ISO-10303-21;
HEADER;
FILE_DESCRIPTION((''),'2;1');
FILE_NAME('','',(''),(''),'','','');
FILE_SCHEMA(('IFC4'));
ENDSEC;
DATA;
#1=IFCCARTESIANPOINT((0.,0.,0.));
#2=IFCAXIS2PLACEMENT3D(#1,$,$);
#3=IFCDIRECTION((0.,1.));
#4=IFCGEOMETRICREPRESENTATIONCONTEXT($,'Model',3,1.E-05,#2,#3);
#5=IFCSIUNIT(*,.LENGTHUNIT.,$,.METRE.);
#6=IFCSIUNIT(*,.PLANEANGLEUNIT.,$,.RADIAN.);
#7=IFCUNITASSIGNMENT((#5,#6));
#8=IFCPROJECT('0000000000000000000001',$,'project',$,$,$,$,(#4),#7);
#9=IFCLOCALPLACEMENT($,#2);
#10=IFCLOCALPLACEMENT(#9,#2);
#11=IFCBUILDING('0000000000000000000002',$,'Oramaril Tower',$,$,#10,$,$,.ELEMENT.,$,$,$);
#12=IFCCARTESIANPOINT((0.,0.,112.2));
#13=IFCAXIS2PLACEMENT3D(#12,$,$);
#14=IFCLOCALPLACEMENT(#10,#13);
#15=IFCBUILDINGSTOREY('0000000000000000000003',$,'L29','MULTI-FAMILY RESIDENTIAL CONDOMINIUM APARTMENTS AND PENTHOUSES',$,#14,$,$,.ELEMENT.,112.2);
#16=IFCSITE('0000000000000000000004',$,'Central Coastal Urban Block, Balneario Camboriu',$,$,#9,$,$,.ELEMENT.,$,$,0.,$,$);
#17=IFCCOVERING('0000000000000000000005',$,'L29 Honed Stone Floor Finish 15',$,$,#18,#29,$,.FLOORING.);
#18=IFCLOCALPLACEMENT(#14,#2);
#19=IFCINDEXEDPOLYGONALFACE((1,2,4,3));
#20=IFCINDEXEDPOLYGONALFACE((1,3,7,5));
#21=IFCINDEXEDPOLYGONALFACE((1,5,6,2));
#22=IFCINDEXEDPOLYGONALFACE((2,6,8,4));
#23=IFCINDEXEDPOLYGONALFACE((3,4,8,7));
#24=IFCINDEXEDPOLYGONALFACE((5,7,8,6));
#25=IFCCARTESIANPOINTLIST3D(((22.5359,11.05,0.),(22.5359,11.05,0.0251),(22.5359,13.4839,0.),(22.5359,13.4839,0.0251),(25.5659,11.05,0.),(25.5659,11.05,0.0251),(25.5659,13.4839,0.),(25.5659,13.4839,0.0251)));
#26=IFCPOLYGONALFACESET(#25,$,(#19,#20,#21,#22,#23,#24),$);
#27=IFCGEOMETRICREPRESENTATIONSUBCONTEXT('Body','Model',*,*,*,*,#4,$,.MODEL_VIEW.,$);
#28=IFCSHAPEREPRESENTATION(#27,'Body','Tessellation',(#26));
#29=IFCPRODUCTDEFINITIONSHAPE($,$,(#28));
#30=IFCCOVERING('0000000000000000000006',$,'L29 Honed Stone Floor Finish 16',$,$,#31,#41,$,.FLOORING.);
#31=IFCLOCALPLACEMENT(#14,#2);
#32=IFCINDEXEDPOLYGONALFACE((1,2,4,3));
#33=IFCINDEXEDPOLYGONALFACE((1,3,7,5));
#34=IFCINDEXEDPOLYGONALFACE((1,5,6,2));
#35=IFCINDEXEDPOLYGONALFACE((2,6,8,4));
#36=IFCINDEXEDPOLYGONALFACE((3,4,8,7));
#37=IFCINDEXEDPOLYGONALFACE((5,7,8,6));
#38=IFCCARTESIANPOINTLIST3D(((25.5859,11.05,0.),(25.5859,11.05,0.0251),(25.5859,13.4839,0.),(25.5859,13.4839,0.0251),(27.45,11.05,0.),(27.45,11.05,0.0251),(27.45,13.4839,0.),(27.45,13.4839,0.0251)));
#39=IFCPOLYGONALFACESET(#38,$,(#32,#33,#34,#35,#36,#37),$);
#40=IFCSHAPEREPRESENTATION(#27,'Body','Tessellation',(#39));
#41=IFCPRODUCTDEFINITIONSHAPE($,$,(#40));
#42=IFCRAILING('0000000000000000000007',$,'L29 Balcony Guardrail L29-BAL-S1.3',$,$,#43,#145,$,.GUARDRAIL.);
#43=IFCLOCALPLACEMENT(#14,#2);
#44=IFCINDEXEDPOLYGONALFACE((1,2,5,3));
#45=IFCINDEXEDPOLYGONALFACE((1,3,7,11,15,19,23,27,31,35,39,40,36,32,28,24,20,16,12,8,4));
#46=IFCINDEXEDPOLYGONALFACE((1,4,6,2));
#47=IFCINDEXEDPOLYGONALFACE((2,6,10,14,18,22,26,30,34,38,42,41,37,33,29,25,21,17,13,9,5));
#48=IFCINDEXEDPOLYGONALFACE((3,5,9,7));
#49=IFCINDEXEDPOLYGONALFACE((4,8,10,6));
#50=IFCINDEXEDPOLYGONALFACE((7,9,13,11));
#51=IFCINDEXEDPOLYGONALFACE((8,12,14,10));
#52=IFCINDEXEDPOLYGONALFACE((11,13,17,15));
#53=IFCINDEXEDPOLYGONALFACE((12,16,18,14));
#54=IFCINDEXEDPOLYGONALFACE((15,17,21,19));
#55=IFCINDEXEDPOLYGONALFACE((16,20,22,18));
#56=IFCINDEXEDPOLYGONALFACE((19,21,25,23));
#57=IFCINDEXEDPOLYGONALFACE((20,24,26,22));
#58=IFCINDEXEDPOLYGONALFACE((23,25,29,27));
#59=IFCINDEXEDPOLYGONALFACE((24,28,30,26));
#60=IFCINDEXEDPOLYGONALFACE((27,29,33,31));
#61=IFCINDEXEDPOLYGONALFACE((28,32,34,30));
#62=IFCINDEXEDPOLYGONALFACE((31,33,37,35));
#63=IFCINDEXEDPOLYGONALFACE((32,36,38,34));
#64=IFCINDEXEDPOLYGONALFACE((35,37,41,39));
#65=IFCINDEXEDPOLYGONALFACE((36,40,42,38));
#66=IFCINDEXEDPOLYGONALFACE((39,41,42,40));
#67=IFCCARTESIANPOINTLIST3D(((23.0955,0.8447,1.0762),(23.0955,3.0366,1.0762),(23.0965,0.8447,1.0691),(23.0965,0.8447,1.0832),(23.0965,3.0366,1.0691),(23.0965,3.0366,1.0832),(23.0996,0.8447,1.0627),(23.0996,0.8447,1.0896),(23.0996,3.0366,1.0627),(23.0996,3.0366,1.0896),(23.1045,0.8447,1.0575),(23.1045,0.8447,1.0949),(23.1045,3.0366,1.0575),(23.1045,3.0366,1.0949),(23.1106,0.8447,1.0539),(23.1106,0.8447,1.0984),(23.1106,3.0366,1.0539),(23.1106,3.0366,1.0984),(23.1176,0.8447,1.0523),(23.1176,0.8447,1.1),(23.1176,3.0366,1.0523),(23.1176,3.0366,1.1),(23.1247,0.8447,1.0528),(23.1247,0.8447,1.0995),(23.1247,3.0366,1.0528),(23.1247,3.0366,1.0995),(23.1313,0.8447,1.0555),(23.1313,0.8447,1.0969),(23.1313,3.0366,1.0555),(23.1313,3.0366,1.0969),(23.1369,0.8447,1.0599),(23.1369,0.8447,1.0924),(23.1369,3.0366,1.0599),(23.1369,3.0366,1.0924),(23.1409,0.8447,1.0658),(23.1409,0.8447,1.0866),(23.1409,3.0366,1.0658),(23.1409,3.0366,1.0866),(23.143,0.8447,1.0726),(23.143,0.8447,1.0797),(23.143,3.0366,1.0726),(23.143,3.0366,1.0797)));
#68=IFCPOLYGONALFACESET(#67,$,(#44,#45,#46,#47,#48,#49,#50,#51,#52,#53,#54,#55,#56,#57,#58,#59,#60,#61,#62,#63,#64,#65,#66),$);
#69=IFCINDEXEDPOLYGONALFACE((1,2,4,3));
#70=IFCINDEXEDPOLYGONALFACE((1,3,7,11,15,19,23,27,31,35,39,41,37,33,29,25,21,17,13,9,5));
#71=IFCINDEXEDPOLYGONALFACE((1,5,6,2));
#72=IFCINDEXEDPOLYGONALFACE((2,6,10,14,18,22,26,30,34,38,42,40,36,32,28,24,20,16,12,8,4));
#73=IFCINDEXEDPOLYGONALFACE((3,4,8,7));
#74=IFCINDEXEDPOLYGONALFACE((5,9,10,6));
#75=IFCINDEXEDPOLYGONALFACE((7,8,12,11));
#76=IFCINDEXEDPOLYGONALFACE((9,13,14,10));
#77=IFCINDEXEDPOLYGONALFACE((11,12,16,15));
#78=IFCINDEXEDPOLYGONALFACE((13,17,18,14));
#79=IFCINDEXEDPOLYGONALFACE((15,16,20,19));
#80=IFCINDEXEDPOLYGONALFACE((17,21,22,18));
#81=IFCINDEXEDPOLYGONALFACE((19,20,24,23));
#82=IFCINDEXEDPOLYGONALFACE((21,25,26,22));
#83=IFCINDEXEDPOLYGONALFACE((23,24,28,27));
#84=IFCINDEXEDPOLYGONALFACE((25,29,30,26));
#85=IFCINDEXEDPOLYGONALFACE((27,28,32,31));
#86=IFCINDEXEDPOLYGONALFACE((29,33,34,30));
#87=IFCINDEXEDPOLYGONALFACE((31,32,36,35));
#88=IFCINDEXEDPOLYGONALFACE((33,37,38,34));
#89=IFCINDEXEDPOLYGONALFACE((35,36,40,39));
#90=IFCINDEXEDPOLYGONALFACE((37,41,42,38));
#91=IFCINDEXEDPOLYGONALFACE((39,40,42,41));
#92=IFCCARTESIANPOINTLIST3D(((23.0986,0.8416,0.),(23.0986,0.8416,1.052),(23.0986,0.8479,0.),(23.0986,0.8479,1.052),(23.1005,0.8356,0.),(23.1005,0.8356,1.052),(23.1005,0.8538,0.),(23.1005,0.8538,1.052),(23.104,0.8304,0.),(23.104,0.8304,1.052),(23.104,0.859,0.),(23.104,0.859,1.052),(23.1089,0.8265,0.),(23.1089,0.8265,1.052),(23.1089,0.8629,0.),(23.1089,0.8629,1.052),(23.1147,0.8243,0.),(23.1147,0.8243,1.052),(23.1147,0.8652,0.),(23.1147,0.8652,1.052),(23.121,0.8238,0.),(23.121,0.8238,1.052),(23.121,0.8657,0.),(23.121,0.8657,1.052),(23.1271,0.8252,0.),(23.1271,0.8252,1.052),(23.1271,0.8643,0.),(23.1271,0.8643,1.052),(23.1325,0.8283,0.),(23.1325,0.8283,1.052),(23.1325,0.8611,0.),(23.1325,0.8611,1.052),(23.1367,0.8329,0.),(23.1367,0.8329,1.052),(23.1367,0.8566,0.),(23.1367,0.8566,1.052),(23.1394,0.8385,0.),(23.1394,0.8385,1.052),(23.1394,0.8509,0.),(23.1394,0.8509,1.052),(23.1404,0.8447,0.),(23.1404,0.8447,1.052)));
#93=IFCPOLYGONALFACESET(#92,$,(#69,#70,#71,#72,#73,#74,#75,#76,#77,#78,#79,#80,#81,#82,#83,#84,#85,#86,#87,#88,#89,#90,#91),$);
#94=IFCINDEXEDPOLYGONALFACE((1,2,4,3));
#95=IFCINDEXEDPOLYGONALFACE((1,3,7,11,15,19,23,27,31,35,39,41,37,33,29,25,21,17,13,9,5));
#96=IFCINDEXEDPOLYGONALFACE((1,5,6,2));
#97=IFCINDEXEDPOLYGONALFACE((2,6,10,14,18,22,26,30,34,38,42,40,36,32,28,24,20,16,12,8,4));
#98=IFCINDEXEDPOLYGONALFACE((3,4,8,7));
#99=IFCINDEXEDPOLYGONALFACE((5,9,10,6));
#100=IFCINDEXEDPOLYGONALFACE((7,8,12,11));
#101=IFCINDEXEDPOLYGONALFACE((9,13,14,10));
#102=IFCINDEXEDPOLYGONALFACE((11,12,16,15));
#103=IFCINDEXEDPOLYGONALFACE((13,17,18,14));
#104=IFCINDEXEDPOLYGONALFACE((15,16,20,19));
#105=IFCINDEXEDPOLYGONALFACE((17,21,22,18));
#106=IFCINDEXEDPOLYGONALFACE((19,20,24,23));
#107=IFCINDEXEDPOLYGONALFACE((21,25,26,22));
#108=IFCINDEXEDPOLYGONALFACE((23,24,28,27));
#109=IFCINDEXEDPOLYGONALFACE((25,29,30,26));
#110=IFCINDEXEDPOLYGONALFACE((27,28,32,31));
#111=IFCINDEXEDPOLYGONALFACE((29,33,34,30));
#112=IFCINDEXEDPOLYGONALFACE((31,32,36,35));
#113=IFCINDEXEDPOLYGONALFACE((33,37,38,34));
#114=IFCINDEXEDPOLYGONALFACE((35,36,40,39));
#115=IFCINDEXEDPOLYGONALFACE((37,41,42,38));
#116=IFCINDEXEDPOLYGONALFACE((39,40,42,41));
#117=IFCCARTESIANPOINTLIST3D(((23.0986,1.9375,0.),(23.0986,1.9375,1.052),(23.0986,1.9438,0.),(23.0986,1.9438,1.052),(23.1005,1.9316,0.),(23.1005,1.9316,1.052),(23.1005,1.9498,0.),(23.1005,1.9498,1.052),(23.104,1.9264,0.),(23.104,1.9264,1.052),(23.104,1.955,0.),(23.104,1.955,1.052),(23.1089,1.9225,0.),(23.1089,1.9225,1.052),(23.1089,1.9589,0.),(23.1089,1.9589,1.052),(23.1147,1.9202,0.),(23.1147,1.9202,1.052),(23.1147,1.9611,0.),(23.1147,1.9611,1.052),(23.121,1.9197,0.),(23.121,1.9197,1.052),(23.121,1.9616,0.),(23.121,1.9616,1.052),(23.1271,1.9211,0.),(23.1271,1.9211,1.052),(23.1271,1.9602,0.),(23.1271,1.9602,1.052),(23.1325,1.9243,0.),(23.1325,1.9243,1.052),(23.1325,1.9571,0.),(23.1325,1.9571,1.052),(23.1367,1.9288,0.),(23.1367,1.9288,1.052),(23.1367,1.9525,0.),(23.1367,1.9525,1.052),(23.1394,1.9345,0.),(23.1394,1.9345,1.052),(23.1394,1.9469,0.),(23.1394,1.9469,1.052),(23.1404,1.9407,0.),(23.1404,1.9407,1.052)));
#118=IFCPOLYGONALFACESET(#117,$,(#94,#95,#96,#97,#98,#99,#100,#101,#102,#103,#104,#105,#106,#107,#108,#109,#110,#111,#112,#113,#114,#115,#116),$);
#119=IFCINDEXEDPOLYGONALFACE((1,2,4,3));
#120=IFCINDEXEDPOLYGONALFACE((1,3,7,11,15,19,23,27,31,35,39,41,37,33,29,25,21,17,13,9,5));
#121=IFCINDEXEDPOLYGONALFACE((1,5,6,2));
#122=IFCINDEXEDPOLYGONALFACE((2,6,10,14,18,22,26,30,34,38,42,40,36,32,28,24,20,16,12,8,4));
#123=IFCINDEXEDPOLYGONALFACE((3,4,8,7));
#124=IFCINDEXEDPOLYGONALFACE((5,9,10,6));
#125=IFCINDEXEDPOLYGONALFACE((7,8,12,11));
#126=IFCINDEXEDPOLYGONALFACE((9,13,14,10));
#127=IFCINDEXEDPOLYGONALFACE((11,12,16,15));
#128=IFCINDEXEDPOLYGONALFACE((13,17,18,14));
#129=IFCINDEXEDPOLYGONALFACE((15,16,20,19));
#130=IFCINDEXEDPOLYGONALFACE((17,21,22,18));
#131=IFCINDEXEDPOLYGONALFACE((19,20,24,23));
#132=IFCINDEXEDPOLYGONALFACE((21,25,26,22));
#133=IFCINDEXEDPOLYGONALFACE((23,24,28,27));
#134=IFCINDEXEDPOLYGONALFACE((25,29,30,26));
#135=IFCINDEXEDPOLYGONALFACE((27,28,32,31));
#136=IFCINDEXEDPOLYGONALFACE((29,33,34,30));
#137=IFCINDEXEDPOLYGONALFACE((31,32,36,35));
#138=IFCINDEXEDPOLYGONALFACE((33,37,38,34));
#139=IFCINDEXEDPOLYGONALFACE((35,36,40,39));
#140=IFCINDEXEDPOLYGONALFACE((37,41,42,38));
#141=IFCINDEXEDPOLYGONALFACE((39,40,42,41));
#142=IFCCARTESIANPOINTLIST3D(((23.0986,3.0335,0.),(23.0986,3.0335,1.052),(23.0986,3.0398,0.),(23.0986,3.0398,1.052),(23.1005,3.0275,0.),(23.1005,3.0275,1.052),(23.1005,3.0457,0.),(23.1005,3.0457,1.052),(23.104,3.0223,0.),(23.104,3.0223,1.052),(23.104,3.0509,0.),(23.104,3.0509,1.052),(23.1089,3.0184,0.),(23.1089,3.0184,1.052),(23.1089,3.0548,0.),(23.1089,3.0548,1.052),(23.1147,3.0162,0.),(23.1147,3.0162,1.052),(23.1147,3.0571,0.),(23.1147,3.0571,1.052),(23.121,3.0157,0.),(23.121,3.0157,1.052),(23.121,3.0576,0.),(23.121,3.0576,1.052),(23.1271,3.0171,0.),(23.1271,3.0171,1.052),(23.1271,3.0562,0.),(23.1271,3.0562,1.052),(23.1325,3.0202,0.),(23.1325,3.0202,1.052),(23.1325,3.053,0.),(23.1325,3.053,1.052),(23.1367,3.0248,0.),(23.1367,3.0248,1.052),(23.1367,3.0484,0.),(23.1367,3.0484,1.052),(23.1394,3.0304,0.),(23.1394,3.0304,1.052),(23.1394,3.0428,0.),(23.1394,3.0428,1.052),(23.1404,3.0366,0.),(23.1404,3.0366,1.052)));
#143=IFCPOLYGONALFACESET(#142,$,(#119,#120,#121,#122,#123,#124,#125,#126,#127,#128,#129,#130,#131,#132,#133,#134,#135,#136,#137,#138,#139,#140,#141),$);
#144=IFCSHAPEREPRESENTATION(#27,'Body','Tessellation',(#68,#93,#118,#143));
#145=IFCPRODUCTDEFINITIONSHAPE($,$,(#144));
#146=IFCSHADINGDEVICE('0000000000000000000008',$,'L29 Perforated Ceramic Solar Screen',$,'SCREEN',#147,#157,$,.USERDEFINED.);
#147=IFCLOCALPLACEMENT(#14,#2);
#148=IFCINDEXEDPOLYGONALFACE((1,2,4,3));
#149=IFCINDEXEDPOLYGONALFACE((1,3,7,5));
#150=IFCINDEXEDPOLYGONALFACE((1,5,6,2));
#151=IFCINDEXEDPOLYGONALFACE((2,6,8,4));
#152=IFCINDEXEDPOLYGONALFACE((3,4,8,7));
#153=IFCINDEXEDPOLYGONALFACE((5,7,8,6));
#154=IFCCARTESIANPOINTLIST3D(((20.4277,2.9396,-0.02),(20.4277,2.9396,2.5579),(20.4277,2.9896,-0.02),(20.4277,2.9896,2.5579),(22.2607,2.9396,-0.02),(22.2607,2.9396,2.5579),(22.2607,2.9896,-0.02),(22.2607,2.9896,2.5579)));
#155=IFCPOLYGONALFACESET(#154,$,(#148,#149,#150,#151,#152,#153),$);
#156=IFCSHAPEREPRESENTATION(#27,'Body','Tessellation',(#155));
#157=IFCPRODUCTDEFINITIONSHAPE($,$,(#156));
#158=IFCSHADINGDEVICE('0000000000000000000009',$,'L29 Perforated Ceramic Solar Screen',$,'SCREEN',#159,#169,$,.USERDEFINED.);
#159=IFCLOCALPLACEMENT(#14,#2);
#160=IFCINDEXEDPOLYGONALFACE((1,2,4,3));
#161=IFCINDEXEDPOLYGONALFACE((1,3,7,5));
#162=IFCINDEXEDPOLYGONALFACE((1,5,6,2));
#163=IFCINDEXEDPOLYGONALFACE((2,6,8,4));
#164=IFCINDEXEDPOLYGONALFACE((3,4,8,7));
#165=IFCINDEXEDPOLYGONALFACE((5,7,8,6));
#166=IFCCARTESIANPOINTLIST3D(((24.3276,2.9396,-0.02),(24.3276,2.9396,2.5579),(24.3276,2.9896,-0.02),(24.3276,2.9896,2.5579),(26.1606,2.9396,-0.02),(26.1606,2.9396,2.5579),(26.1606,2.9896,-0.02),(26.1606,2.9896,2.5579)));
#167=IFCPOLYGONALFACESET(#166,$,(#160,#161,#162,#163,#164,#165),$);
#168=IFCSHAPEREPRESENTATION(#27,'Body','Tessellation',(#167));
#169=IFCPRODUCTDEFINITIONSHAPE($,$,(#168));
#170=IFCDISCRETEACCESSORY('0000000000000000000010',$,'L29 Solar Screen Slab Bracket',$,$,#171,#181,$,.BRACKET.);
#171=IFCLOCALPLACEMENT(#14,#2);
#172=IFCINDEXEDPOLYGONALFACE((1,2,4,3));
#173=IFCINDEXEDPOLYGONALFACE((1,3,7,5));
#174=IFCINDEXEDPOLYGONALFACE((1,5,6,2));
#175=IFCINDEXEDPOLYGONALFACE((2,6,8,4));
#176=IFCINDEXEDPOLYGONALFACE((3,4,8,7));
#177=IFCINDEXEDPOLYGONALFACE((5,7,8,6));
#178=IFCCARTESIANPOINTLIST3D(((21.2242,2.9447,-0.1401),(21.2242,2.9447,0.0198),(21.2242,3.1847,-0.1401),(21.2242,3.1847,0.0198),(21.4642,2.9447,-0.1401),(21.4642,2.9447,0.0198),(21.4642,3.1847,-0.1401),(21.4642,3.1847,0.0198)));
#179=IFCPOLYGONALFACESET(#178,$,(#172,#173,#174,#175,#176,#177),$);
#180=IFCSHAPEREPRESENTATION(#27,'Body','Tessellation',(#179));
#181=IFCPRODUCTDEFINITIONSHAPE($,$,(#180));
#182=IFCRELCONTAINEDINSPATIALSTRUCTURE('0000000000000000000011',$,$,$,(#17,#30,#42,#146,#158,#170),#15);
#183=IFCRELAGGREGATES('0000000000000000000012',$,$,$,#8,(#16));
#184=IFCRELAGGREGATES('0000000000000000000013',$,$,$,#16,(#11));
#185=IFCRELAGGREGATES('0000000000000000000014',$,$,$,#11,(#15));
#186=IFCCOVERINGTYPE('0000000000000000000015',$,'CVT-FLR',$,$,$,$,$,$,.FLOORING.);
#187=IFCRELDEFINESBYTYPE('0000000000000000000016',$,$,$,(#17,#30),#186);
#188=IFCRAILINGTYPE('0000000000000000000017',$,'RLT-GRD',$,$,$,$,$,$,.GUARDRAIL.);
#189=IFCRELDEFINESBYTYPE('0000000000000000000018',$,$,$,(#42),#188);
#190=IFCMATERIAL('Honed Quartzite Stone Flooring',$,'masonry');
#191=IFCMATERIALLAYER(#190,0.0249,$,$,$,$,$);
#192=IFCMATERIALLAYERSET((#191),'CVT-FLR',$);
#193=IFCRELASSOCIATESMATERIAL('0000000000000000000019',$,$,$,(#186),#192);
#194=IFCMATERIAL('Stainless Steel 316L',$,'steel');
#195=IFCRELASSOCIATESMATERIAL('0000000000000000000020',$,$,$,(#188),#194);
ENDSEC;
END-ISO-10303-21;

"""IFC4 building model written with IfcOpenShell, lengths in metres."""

from ifc_helpers import new_model, si_unit, direction, frame, origin, origin_2d, place, context, subcontext, project, spatial, polyline, rectangle, circle, outline, extrude, material, layer, layer_set, type_object, element, save


model = new_model("IFC4")

# Units and contexts
model_context = context("Model", 3, precision=1e-05, world=origin(), true_north=direction((0.0, 1.0)))
body_context = subcontext(model_context, "Body", "Model", "MODEL_VIEW")
ifc_project = project(units=[si_unit("LENGTHUNIT", "METRE"), si_unit("PLANEANGLEUNIT", "RADIAN")], contexts=[model_context])

# Site, building, storey
site_placement = place(None, origin())
site = spatial("IfcSite", under=ifc_project, at=site_placement, Name="Central Coastal Urban Block, Balneario Camboriu", CompositionType="ELEMENT", RefElevation=0.0)
building_placement = place(site_placement, origin())
building = spatial("IfcBuilding", under=site, at=building_placement, Name="Oramaril Tower", CompositionType="ELEMENT")
storey_placement = place(building_placement, frame((0.0, 0.0, 112.2)))
storey = spatial("IfcBuildingStorey", under=building, at=storey_placement, Name="L29", Description="MULTI-FAMILY RESIDENTIAL CONDOMINIUM APARTMENTS AND PENTHOUSES", CompositionType="ELEMENT", Elevation=112.2)

# Coverings
ifc_material_1 = material(Name="Honed Quartzite Stone Flooring", Category="masonry")
ifc_layer_1 = layer(ifc_material_1, 0.0249)
ifc_layer_set_1 = layer_set([ifc_layer_1], Name="CVT-FLR")
covering_type_1 = type_object("IfcCoveringType", Name="CVT-FLR", PredefinedType="FLOORING", material=ifc_layer_set_1)
covering_1_placement = place(storey_placement, origin())
element("IfcCovering", 1, at=covering_1_placement, inside=storey, type_object=covering_type_1, Name="L29 Honed Stone Floor Finish 15", PredefinedType="FLOORING", context=body_context, shape_type="SweptSolid", body=[
    extrude(outline(polyline([(25.5659, 11.05), (22.5359, 11.05), (22.5359, 13.4839), (25.5659, 13.4839), (25.5659, 11.05)])), origin(), (0.0, 0.0, 1.0), 0.0251),
])
covering_2_placement = place(storey_placement, origin())
element("IfcCovering", 2, at=covering_2_placement, inside=storey, type_object=covering_type_1, Name="L29 Honed Stone Floor Finish 16", PredefinedType="FLOORING", context=body_context, shape_type="SweptSolid", body=[
    extrude(outline(polyline([(25.5859, 13.4839), (27.45, 13.4839), (27.45, 11.05), (25.5859, 11.05), (25.5859, 13.4839)])), origin(), (0.0, 0.0, 1.0), 0.0251),
])

# Railing
ifc_material_2 = material(Name="Stainless Steel 316L", Category="steel")
railing_type = type_object("IfcRailingType", Name="RLT-GRD", PredefinedType="GUARDRAIL", material=ifc_material_2)
railing_placement = place(storey_placement, frame((23.1194, 0.8447, 0.0)))
element("IfcRailing", 3, at=railing_placement, inside=storey, type_object=railing_type, Name="L29 Balcony Guardrail L29-BAL-S1.3", PredefinedType="GUARDRAIL", context=body_context, shape_type="SweptSolid", body=[
    extrude(circle(Radius=0.0239, at=origin_2d()), frame((0.0, 0.0, 1.0762), z_axis=(0.0, 1.0, 0.0), x_axis=(-1.0, 0.0, 0.0)), (0.0, 0.0, 1.0), 2.1919),
    extrude(circle(Radius=0.021, at=origin_2d()), origin(), (0.0, 0.0, 1.0), 1.052),
    extrude(circle(Radius=0.021, at=origin_2d()), frame((0.0, 1.0959, 0.0)), (0.0, 0.0, 1.0), 1.052),
    extrude(circle(Radius=0.021, at=origin_2d()), frame((0.0, 2.1919, 0.0)), (0.0, 0.0, 1.0), 1.052),
])

# Shading devices
for number, where, z_axis, x_axis, name in (
    (4, (21.3442, 2.9646, -0.02), (0.0, 0.0, 1.0), (1.0, 0.0, 0.0), "L29 Perforated Ceramic Solar Screen"),
    (5, (25.2441, 2.9646, -0.02), (0.0, 0.0, 1.0), (1.0, 0.0, 0.0), "L29 Perforated Ceramic Solar Screen"),
):
    element("IfcShadingDevice", number, at=place(storey_placement, frame(where, z_axis=z_axis, x_axis=x_axis)), inside=storey, Name=name, ObjectType="SCREEN", PredefinedType="USERDEFINED", context=body_context, shape_type="SweptSolid", body=[
        extrude(rectangle(XDim=1.833, YDim=0.05, at=origin_2d()), origin(), (0.0, 0.0, 1.0), 2.5779),
    ])

# Discrete accessory
discrete_accessory_placement = place(storey_placement, frame((21.3442, 3.0647, -0.1401), z_axis=(0.0, 0.0, 1.0), x_axis=(1.0, 0.0, 0.0)))
element("IfcDiscreteAccessory", 6, at=discrete_accessory_placement, inside=storey, Name="L29 Solar Screen Slab Bracket", PredefinedType="BRACKET", context=body_context, shape_type="SweptSolid", body=[
    extrude(rectangle(XDim=0.24, YDim=0.24, at=origin_2d()), origin(), (0.0, 0.0, 1.0), 0.1599),
])

save(model, "model.ifc")
